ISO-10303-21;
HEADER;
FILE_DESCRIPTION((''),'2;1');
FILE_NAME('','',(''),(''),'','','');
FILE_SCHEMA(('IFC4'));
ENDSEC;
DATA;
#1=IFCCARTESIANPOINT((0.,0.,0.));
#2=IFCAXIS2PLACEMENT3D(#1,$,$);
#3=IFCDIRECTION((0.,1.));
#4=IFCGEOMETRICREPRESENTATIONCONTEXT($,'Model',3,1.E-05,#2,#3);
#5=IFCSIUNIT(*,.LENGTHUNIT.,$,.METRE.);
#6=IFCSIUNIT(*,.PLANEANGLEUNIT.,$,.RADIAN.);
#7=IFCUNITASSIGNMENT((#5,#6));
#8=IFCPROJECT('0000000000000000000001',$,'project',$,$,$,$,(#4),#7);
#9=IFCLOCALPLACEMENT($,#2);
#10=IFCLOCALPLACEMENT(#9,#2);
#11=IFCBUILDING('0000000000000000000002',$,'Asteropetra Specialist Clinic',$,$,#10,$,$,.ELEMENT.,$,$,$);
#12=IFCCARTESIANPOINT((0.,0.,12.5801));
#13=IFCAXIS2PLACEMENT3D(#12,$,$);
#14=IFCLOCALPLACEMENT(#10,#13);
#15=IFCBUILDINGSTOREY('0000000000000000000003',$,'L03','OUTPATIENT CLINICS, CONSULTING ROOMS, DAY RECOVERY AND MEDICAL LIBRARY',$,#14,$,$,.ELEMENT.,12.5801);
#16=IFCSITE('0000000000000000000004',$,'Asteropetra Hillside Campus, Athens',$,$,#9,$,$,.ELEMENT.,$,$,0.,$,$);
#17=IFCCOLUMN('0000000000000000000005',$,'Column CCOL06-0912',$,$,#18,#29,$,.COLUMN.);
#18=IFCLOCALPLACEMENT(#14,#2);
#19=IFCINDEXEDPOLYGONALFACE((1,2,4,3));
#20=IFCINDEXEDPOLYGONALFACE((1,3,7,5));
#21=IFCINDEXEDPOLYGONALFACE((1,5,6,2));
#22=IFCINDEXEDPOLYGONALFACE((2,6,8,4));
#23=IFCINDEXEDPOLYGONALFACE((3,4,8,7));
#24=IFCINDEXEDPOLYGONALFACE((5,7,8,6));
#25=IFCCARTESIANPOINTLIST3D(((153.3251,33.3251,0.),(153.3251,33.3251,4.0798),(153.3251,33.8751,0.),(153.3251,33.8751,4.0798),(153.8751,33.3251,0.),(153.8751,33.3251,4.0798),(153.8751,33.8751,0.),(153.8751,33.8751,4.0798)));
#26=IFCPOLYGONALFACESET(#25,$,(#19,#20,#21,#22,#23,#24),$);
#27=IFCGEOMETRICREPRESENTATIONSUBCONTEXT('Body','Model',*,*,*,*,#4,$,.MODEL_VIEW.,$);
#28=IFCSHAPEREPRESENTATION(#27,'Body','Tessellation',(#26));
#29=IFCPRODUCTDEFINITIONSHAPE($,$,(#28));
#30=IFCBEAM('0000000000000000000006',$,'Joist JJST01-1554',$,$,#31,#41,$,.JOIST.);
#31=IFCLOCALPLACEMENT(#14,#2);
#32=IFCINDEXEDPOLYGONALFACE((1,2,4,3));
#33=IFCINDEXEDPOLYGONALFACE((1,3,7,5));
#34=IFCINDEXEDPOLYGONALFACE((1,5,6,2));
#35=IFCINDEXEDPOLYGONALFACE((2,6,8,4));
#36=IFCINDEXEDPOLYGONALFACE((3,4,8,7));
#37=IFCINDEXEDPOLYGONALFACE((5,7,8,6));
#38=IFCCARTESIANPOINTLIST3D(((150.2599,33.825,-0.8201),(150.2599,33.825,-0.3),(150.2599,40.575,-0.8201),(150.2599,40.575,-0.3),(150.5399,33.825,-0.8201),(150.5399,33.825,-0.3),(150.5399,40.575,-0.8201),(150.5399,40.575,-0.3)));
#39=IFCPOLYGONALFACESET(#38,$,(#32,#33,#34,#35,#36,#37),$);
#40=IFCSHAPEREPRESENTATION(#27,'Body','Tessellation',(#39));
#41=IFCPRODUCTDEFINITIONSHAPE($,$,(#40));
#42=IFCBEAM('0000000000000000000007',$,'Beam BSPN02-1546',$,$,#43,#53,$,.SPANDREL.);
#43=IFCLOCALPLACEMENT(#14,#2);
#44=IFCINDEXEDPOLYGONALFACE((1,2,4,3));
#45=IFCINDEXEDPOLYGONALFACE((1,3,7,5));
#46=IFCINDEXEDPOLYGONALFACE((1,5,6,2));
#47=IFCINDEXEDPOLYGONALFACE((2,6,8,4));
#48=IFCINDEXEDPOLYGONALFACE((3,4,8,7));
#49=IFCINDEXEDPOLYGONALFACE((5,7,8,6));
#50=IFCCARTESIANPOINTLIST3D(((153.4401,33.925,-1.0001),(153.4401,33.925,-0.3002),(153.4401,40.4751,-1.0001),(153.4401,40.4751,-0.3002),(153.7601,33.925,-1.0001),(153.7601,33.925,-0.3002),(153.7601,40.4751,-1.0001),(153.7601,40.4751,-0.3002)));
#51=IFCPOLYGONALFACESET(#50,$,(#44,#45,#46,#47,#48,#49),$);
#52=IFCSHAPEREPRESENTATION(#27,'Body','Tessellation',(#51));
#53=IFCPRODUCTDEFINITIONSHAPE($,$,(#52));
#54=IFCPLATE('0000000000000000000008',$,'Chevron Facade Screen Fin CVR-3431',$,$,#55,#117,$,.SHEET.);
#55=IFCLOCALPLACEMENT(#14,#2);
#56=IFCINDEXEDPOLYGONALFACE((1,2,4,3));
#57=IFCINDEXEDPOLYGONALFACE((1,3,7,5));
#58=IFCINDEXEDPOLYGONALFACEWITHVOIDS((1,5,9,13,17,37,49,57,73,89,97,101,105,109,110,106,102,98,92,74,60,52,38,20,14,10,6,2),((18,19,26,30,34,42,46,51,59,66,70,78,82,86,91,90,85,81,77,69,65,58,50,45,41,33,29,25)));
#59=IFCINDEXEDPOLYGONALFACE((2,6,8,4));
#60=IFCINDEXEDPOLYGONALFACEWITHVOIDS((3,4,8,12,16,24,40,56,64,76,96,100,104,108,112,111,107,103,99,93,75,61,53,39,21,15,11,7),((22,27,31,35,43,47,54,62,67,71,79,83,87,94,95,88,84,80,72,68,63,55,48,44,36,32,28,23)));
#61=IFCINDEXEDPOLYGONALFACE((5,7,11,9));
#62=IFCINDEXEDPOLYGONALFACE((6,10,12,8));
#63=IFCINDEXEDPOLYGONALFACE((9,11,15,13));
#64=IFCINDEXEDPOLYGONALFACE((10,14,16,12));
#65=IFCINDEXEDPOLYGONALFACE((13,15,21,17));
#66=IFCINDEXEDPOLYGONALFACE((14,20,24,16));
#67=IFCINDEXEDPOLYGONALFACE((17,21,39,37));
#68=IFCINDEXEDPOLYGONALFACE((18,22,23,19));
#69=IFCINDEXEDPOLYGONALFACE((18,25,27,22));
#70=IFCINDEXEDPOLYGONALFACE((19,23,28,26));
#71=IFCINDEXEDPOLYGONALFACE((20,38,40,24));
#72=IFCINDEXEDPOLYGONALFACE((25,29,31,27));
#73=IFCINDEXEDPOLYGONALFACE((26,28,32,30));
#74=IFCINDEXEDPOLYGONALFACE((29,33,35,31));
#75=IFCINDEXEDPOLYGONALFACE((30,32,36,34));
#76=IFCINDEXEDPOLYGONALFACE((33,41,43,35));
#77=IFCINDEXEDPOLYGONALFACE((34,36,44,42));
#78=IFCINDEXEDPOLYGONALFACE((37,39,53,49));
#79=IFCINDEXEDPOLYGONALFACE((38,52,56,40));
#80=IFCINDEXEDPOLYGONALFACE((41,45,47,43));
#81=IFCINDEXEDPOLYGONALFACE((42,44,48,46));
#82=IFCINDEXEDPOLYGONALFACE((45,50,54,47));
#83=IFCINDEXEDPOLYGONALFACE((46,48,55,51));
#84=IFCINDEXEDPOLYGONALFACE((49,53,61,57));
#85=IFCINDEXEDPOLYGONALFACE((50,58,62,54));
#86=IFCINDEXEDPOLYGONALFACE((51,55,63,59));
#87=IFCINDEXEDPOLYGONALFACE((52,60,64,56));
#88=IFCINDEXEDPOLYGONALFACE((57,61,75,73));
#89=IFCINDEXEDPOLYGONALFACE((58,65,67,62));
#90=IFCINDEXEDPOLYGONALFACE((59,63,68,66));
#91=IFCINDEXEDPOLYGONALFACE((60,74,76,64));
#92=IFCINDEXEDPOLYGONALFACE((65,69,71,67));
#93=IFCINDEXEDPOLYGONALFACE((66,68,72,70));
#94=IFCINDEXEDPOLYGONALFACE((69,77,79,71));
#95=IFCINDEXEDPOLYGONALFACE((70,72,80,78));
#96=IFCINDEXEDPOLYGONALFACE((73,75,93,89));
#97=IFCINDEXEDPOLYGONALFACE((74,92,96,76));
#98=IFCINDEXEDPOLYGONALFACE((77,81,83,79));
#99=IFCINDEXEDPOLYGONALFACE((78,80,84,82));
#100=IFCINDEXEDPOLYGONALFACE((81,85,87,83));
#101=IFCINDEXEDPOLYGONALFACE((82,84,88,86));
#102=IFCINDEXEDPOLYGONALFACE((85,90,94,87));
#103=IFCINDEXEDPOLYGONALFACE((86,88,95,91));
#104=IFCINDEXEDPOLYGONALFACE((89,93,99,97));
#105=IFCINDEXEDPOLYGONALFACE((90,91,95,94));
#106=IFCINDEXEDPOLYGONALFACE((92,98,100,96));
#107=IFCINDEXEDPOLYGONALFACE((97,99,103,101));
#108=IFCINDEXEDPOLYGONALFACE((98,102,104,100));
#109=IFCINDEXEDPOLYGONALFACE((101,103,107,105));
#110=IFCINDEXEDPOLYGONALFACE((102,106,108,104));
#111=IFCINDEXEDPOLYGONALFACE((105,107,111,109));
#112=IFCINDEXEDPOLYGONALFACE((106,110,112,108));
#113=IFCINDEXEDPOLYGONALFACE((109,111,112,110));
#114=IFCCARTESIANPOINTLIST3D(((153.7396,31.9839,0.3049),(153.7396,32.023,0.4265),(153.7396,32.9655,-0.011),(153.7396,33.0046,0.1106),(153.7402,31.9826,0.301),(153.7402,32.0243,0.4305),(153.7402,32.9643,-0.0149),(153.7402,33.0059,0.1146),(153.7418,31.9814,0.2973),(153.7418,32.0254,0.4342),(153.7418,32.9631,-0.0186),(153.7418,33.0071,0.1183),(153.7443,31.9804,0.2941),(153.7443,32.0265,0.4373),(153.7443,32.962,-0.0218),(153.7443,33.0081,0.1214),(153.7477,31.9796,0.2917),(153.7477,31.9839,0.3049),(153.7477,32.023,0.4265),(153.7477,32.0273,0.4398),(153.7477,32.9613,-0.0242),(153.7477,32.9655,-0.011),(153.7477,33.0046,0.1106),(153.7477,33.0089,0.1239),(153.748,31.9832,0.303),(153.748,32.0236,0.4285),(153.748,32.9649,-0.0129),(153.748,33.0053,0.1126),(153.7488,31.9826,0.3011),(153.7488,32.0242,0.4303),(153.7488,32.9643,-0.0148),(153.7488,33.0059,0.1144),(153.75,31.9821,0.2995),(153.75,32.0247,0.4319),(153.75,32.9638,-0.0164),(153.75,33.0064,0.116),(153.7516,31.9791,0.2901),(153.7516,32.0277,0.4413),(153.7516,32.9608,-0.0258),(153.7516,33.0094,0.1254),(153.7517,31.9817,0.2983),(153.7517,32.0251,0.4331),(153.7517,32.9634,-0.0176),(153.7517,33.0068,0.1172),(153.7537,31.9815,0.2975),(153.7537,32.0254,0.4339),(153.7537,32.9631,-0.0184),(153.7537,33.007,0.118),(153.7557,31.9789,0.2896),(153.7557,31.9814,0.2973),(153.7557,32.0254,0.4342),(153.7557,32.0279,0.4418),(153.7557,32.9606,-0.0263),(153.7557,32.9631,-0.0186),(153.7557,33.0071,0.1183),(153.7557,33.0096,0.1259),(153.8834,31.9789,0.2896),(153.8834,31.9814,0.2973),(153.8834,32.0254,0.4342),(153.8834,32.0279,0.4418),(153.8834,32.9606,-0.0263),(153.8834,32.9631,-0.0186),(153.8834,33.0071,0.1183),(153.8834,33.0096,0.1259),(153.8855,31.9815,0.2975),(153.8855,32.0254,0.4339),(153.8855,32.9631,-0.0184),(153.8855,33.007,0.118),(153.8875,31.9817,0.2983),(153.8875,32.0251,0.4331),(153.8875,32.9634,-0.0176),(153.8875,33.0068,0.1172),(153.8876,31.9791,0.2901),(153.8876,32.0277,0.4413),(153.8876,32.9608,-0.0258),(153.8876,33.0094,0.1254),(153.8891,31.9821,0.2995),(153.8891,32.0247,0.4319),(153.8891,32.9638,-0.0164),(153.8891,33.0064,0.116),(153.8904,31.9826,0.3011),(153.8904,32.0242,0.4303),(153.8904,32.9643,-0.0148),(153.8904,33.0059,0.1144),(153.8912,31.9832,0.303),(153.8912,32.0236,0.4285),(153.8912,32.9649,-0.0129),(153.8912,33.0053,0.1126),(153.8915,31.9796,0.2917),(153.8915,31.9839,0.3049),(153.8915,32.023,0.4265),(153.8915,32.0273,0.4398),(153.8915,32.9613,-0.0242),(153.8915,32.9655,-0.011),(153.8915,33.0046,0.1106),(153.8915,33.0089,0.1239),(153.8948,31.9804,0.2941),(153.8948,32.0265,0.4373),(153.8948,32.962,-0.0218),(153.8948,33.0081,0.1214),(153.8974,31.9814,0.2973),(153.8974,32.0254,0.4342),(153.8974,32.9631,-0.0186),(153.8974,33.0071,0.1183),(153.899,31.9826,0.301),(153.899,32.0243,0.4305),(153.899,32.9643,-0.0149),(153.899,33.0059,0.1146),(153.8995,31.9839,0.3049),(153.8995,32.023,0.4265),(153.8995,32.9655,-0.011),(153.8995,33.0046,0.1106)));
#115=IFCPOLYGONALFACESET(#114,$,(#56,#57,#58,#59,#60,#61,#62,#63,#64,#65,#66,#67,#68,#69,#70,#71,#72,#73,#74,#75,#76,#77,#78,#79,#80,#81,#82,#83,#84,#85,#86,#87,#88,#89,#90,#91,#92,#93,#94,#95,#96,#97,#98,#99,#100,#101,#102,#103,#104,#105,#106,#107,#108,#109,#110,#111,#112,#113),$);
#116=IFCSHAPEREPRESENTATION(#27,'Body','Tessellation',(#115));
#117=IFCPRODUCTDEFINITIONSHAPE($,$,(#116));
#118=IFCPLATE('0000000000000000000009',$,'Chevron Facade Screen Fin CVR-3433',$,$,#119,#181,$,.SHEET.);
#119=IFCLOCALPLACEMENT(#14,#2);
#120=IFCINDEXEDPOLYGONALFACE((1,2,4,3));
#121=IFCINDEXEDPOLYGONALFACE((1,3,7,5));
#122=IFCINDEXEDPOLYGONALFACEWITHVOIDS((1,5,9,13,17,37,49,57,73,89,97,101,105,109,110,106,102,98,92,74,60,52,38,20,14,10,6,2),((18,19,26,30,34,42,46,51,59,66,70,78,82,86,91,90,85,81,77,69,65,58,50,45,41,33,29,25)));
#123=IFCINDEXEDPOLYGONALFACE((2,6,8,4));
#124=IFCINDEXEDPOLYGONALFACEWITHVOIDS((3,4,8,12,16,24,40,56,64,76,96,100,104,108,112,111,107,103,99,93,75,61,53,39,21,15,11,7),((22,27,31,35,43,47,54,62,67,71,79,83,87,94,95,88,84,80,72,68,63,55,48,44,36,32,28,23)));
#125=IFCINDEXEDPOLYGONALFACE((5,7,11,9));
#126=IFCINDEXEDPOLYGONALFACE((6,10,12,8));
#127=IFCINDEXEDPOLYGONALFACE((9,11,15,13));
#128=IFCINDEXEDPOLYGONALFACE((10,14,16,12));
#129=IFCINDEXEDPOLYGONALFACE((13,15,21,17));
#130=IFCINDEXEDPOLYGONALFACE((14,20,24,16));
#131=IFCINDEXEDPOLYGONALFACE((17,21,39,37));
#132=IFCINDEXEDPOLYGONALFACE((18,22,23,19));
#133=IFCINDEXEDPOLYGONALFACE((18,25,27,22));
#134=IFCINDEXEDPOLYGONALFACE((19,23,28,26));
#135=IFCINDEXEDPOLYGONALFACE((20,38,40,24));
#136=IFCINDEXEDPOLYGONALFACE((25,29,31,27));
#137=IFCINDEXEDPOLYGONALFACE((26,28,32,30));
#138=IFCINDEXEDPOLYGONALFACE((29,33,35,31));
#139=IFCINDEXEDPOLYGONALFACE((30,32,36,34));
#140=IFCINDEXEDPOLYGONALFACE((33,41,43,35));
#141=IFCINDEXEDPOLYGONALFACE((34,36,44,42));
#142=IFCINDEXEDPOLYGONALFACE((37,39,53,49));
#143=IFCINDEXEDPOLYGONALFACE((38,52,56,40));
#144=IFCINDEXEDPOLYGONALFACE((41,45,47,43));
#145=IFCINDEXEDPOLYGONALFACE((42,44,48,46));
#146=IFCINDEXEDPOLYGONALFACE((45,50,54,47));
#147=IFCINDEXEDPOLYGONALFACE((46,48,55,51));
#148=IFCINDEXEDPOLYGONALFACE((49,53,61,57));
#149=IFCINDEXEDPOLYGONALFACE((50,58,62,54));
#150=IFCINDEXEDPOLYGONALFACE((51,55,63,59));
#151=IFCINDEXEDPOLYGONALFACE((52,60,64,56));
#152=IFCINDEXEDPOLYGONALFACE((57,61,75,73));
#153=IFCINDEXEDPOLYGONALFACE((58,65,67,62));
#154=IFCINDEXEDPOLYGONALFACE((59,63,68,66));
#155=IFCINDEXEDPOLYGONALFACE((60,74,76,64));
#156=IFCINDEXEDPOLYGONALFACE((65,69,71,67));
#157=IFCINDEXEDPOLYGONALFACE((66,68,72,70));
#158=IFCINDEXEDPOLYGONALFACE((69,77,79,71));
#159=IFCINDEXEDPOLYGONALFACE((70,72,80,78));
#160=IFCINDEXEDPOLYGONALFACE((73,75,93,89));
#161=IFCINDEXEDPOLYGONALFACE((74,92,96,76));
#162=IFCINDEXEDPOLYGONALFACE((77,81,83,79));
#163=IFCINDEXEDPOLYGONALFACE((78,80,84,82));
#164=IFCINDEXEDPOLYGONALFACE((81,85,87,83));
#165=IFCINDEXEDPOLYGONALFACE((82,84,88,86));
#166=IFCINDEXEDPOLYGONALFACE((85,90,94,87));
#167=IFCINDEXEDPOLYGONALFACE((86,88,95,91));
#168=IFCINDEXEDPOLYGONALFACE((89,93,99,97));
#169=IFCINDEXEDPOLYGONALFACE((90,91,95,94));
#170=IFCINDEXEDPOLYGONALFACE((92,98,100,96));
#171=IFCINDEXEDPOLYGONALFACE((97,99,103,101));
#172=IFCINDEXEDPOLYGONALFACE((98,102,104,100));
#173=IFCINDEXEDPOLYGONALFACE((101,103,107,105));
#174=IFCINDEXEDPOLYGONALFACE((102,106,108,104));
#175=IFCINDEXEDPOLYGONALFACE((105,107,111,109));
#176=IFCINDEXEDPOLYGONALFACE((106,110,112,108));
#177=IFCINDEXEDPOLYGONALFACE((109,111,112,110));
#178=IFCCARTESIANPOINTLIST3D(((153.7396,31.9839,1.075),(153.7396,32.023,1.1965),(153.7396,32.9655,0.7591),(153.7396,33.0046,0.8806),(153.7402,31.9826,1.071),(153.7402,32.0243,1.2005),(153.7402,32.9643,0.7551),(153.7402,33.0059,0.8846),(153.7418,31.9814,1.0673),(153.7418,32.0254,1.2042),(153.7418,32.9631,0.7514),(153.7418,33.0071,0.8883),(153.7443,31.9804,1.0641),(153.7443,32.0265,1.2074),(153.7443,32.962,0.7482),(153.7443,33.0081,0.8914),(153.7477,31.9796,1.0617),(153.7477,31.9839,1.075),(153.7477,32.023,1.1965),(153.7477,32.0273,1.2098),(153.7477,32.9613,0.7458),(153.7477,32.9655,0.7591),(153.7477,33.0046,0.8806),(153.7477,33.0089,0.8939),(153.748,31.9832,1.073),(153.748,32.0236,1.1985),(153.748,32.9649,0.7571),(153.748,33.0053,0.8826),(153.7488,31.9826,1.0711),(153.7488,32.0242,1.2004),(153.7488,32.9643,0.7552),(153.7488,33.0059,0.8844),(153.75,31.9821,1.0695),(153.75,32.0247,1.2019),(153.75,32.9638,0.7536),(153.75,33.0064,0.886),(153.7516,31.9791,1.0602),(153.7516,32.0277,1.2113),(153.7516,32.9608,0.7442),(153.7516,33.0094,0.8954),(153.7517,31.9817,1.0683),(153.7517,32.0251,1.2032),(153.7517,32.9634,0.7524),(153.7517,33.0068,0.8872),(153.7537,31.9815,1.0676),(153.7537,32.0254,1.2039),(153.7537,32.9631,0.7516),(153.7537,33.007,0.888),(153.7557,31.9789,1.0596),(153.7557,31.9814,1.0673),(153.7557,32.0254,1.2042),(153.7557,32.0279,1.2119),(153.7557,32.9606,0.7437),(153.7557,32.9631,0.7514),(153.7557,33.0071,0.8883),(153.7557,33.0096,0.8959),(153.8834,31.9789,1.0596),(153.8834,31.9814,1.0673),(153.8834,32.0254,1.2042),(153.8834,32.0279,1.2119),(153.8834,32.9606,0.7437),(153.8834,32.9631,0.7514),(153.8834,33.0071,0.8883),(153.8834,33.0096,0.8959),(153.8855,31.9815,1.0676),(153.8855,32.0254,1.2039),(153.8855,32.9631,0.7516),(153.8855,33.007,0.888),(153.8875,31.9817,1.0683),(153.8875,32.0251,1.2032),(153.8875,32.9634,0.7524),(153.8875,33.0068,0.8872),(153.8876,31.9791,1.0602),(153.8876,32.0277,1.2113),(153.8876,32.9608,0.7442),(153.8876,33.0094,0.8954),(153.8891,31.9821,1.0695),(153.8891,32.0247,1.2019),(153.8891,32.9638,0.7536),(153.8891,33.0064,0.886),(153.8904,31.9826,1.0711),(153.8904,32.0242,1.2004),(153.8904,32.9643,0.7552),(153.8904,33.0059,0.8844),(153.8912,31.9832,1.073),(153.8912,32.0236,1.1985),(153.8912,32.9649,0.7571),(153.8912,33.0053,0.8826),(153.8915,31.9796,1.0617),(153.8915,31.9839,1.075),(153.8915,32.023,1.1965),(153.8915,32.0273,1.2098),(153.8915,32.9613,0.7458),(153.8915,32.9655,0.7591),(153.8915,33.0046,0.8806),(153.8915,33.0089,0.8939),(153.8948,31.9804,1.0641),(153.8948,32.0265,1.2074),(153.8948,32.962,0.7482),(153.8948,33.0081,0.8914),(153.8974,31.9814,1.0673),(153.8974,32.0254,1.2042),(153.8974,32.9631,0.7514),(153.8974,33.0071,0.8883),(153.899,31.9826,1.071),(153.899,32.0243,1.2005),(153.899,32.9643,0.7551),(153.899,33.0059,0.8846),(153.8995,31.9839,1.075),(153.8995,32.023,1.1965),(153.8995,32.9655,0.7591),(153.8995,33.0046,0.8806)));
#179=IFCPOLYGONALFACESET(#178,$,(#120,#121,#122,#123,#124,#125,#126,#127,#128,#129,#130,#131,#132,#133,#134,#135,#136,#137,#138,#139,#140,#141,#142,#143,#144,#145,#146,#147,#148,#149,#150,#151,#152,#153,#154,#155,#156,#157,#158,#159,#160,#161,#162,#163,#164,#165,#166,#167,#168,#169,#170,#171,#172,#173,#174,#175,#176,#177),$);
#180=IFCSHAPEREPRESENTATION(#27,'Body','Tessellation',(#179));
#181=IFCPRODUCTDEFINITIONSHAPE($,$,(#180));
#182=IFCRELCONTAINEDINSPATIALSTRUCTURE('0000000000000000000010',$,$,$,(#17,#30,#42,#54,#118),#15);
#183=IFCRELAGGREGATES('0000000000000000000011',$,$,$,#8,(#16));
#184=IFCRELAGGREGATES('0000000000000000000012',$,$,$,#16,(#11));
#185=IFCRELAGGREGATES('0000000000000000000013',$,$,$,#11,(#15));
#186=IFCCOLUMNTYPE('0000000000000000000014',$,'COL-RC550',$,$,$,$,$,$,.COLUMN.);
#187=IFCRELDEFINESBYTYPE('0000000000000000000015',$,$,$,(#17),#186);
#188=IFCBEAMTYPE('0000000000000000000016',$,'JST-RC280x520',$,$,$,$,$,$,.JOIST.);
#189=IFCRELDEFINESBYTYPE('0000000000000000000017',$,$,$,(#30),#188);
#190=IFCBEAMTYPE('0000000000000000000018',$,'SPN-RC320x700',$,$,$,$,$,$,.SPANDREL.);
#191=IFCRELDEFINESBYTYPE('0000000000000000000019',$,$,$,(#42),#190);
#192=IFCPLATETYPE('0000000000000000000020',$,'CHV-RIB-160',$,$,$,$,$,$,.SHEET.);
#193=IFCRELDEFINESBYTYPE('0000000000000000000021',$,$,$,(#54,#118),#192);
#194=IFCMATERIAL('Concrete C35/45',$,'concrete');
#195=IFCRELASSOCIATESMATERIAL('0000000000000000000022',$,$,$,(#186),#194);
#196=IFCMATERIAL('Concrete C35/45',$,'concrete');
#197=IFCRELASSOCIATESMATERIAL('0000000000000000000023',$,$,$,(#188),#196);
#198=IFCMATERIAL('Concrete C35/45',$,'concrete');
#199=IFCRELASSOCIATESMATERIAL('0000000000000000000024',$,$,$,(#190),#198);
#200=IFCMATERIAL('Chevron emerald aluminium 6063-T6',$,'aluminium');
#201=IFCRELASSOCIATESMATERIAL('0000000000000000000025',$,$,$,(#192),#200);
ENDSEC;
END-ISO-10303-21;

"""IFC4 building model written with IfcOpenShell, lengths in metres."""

from ifc_helpers import new_model, si_unit, direction, frame, origin, origin_2d, place, context, subcontext, project, spatial, rectangle, hollow_rectangle, extrude, material, material_profile, profile_set, type_object, element, save


model = new_model("IFC4")

# Units and contexts
model_context = context("Model", 3, precision=1e-05, world=origin(), true_north=direction((0.0, 1.0)))
body_context = subcontext(model_context, "Body", "Model", "MODEL_VIEW")
ifc_project = project(units=[si_unit("LENGTHUNIT", "METRE"), si_unit("PLANEANGLEUNIT", "RADIAN")], contexts=[model_context])

# Site, building, storey
site_placement = place(None, origin())
site = spatial("IfcSite", under=ifc_project, at=site_placement, Name="Asteropetra Hillside Campus, Athens", CompositionType="ELEMENT", RefElevation=0.0)
building_placement = place(site_placement, origin())
building = spatial("IfcBuilding", under=site, at=building_placement, Name="Asteropetra Specialist Clinic", CompositionType="ELEMENT")
storey_placement = place(building_placement, frame((0.0, 0.0, 12.5801)))
storey = spatial("IfcBuildingStorey", under=building, at=storey_placement, Name="L03", Description="OUTPATIENT CLINICS, CONSULTING ROOMS, DAY RECOVERY AND MEDICAL LIBRARY", CompositionType="ELEMENT", Elevation=12.5801)

# Column
ifc_material_1 = material(Name="Concrete C35/45", Category="concrete")
ifc_material_profile_1 = material_profile(ifc_material_1, rectangle(XDim=0.55, YDim=0.55, at=origin_2d()), Name="RC 550x550")
ifc_profile_set_1 = profile_set([ifc_material_profile_1], Name="Concrete C35/45")
column_type = type_object("IfcColumnType", Name="COL-RC550", PredefinedType="COLUMN", material=ifc_profile_set_1)
column_placement = place(storey_placement, frame((153.6001, 33.6001, 0.0), z_axis=(0.0, 0.0, 1.0), x_axis=(1.0, 0.0, 0.0)))
element("IfcColumn", 1, at=column_placement, inside=storey, type_object=column_type, Name="Column CCOL06-0912", PredefinedType="COLUMN", context=body_context, shape_type="SweptSolid", body=[
    extrude(rectangle(XDim=0.55, YDim=0.55, at=origin_2d()), origin(), (0.0, 0.0, 1.0), 4.0798),
])

# Beams
ifc_material_2 = material(Name="Concrete C35/45", Category="concrete")
ifc_material_profile_2 = material_profile(ifc_material_2, rectangle(XDim=0.28, YDim=0.52, at=origin_2d()), Name="RCJ 280x520")
ifc_profile_set_2 = profile_set([ifc_material_profile_2], Name="Concrete C35/45")
beam_type_1 = type_object("IfcBeamType", Name="JST-RC280x520", PredefinedType="JOIST", material=ifc_profile_set_2)
beam_1_placement = place(storey_placement, frame((150.3999, 33.825, -0.5601), z_axis=(0.0, 1.0, 0.0), x_axis=(-1.0, 0.0, 0.0)))
element("IfcBeam", 2, at=beam_1_placement, inside=storey, type_object=beam_type_1, Name="Joist JJST01-1554", PredefinedType="JOIST", context=body_context, shape_type="SweptSolid", body=[
    extrude(rectangle(XDim=0.28, YDim=0.52, at=origin_2d()), origin(), (0.0, 0.0, 1.0), 6.75),
])
ifc_material_3 = material(Name="Concrete C35/45", Category="concrete")
ifc_material_profile_3 = material_profile(ifc_material_3, rectangle(XDim=0.3201, YDim=0.7, at=origin_2d()), Name="RCS 320x700")
ifc_profile_set_3 = profile_set([ifc_material_profile_3], Name="Concrete C35/45")
beam_type_2 = type_object("IfcBeamType", Name="SPN-RC320x700", PredefinedType="SPANDREL", material=ifc_profile_set_3)
beam_2_placement = place(storey_placement, frame((153.6001, 33.925, -0.6501), z_axis=(0.0, 1.0, 0.0), x_axis=(-1.0, 0.0, 0.0)))
element("IfcBeam", 3, at=beam_2_placement, inside=storey, type_object=beam_type_2, Name="Beam BSPN02-1546", PredefinedType="SPANDREL", context=body_context, shape_type="SweptSolid", body=[
    extrude(rectangle(XDim=0.3201, YDim=0.7, at=origin_2d()), origin(), (0.0, 0.0, 1.0), 6.55),
])

# Plates
ifc_material_4 = material(Name="Chevron emerald aluminium 6063-T6", Category="aluminium")
ifc_material_profile_4 = material_profile(ifc_material_4, hollow_rectangle(XDim=0.1599, YDim=0.1599, WallThickness=0.0081, InnerFilletRadius=0.0081, OuterFilletRadius=0.0161, at=origin_2d()), Name="SHS 160x160x8.0")
ifc_profile_set_4 = profile_set([ifc_material_profile_4], Name="Chevron emerald aluminium 6063-T6")
plate_type_1 = type_object("IfcPlateType", Name="CHV-RIB-160", PredefinedType="SHEET", material=ifc_profile_set_4)
for number, where, z_axis, x_axis, name in (
    (4, (153.8196, 32.0034, 0.3657), (0.0, 0.951923, -0.306339), (-1.0, 0.0, 0.0), "Chevron Facade Screen Fin CVR-3431"),
    (5, (153.8196, 32.0034, 1.1357), (0.0, 0.951923, -0.306339), (-1.0, 0.0, 0.0), "Chevron Facade Screen Fin CVR-3433"),
):
    element("IfcPlate", number, at=place(storey_placement, frame(where, z_axis=z_axis, x_axis=x_axis)), inside=storey, type_object=plate_type_1, Name=name, PredefinedType="SHEET", context=body_context, shape_type="SweptSolid", body=[
        extrude(hollow_rectangle(XDim=0.1599, YDim=0.1599, WallThickness=0.0081, InnerFilletRadius=0.0081, OuterFilletRadius=0.0161, at=origin_2d()), origin(), (0.0, 0.0, 1.0), 1.0312),
    ])

save(model, "model.ifc")
